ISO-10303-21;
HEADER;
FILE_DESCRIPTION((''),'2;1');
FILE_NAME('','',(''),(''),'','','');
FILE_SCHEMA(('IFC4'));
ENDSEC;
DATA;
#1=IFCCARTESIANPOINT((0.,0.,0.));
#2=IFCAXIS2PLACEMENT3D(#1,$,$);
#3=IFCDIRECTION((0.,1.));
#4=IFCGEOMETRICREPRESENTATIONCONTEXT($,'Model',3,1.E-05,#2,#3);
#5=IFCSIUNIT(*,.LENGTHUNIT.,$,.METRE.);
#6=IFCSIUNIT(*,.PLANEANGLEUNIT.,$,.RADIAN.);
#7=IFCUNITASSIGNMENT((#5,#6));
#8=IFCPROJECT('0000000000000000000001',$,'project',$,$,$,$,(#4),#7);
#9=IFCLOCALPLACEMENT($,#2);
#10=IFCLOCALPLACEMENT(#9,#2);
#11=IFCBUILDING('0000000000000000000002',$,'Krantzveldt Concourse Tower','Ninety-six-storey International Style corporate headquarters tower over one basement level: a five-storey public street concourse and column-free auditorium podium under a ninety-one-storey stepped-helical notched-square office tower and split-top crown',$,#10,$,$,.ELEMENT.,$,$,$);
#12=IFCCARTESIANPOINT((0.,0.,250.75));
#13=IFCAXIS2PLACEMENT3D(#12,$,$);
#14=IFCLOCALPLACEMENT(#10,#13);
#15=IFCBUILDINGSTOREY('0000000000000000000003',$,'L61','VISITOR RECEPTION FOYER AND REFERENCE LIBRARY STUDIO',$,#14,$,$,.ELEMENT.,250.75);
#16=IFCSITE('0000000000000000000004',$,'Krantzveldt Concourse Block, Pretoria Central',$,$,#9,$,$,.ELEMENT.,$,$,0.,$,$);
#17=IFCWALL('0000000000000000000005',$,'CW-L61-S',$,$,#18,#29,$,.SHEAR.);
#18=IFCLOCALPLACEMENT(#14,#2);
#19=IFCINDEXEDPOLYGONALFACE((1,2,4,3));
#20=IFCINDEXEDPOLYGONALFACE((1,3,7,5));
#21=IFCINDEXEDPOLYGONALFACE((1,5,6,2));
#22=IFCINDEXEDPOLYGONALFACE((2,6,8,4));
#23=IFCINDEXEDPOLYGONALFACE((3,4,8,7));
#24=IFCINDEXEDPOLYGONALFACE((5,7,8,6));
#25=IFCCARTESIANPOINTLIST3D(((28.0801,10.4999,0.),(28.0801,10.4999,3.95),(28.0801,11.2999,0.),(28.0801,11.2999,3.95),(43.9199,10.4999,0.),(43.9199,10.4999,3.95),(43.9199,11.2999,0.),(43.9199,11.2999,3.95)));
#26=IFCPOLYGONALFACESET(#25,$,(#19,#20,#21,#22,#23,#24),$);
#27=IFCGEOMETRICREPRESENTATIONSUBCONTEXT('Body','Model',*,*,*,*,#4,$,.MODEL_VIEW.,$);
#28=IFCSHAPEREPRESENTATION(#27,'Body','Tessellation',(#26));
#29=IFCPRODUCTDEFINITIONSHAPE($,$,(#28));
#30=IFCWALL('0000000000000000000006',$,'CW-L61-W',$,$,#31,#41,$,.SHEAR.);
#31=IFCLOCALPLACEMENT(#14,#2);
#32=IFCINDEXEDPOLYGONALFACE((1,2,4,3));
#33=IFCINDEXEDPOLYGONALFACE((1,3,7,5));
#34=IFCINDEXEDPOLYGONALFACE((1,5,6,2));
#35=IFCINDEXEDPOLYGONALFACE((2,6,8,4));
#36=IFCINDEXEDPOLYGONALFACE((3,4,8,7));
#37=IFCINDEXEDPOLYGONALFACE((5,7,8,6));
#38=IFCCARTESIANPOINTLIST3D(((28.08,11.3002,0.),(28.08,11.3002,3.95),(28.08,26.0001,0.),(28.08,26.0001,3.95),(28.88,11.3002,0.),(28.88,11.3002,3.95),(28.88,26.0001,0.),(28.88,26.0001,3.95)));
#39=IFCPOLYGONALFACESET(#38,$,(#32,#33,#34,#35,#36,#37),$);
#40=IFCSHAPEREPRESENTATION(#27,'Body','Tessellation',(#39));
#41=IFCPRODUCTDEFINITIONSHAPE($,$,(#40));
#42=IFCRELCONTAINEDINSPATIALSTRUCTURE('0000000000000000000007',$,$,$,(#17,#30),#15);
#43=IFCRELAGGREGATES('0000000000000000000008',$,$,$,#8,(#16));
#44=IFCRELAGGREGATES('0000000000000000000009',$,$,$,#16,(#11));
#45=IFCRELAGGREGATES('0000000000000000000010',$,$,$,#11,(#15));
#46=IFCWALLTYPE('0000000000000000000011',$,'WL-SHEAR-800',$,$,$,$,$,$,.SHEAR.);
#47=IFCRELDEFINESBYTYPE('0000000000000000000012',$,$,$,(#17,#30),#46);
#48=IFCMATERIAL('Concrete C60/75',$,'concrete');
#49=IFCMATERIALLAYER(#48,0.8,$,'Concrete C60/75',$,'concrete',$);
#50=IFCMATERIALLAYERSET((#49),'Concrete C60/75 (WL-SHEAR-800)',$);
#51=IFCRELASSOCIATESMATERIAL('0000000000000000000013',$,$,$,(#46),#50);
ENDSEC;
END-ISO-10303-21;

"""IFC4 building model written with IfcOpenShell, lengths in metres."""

from ifc_helpers import new_model, si_unit, direction, frame, frame_2d, origin, place, context, subcontext, project, spatial, rectangle, extrude, material, layer, layer_set, type_object, element, save


model = new_model("IFC4")

# Units and contexts
model_context = context("Model", 3, precision=1e-05, world=origin(), true_north=direction((0.0, 1.0)))
body_context = subcontext(model_context, "Body", "Model", "MODEL_VIEW")
ifc_project = project(units=[si_unit("LENGTHUNIT", "METRE"), si_unit("PLANEANGLEUNIT", "RADIAN")], contexts=[model_context])

# Site, building, storey
site_placement = place(None, origin())
site = spatial("IfcSite", under=ifc_project, at=site_placement, Name="Krantzveldt Concourse Block, Pretoria Central", CompositionType="ELEMENT", RefElevation=0.0)
building_placement = place(site_placement, origin())
building = spatial("IfcBuilding", under=site, at=building_placement, Name="Krantzveldt Concourse Tower", Description="Ninety-six-storey International Style corporate headquarters tower over one basement level: a five-storey public street concourse and column-free auditorium podium under a ninety-one-storey stepped-helical notched-square office tower and split-top crown", CompositionType="ELEMENT")
storey_placement = place(building_placement, frame((0.0, 0.0, 250.75)))
storey = spatial("IfcBuildingStorey", under=building, at=storey_placement, Name="L61", Description="VISITOR RECEPTION FOYER AND REFERENCE LIBRARY STUDIO", CompositionType="ELEMENT", Elevation=250.75)

# Walls
ifc_material_1 = material(Name="Concrete C60/75", Category="concrete")
ifc_layer_1 = layer(ifc_material_1, 0.8, Name="Concrete C60/75", Category="concrete")
ifc_layer_set_1 = layer_set([ifc_layer_1], Name="Concrete C60/75 (WL-SHEAR-800)")
wall_type_1 = type_object("IfcWallType", Name="WL-SHEAR-800", PredefinedType="SHEAR", material=ifc_layer_set_1)
wall_1_placement = place(storey_placement, frame((28.0801, 10.8999, 0.0), z_axis=(0.0, 0.0, 1.0), x_axis=(1.0, 0.0, 0.0)))
element("IfcWall", 1, at=wall_1_placement, inside=storey, type_object=wall_type_1, Name="CW-L61-S", PredefinedType="SHEAR", context=body_context, shape_type="SweptSolid", body=[
    extrude(rectangle(XDim=15.8398, YDim=0.8, at=frame_2d((7.9199, 0.0))), origin(), (0.0, 0.0, 1.0), 3.95),
])
wall_2_placement = place(storey_placement, frame((28.48, 11.3, 0.0), z_axis=(0.0, 0.0, 1.0), x_axis=(0.0, 1.0, 0.0)))
element("IfcWall", 2, at=wall_2_placement, inside=storey, type_object=wall_type_1, Name="CW-L61-W", PredefinedType="SHEAR", context=body_context, shape_type="SweptSolid", body=[
    extrude(rectangle(XDim=14.7, YDim=0.8, at=frame_2d((7.3501, 0.0))), origin(), (0.0, 0.0, 1.0), 3.95),
])

save(model, "model.ifc")
